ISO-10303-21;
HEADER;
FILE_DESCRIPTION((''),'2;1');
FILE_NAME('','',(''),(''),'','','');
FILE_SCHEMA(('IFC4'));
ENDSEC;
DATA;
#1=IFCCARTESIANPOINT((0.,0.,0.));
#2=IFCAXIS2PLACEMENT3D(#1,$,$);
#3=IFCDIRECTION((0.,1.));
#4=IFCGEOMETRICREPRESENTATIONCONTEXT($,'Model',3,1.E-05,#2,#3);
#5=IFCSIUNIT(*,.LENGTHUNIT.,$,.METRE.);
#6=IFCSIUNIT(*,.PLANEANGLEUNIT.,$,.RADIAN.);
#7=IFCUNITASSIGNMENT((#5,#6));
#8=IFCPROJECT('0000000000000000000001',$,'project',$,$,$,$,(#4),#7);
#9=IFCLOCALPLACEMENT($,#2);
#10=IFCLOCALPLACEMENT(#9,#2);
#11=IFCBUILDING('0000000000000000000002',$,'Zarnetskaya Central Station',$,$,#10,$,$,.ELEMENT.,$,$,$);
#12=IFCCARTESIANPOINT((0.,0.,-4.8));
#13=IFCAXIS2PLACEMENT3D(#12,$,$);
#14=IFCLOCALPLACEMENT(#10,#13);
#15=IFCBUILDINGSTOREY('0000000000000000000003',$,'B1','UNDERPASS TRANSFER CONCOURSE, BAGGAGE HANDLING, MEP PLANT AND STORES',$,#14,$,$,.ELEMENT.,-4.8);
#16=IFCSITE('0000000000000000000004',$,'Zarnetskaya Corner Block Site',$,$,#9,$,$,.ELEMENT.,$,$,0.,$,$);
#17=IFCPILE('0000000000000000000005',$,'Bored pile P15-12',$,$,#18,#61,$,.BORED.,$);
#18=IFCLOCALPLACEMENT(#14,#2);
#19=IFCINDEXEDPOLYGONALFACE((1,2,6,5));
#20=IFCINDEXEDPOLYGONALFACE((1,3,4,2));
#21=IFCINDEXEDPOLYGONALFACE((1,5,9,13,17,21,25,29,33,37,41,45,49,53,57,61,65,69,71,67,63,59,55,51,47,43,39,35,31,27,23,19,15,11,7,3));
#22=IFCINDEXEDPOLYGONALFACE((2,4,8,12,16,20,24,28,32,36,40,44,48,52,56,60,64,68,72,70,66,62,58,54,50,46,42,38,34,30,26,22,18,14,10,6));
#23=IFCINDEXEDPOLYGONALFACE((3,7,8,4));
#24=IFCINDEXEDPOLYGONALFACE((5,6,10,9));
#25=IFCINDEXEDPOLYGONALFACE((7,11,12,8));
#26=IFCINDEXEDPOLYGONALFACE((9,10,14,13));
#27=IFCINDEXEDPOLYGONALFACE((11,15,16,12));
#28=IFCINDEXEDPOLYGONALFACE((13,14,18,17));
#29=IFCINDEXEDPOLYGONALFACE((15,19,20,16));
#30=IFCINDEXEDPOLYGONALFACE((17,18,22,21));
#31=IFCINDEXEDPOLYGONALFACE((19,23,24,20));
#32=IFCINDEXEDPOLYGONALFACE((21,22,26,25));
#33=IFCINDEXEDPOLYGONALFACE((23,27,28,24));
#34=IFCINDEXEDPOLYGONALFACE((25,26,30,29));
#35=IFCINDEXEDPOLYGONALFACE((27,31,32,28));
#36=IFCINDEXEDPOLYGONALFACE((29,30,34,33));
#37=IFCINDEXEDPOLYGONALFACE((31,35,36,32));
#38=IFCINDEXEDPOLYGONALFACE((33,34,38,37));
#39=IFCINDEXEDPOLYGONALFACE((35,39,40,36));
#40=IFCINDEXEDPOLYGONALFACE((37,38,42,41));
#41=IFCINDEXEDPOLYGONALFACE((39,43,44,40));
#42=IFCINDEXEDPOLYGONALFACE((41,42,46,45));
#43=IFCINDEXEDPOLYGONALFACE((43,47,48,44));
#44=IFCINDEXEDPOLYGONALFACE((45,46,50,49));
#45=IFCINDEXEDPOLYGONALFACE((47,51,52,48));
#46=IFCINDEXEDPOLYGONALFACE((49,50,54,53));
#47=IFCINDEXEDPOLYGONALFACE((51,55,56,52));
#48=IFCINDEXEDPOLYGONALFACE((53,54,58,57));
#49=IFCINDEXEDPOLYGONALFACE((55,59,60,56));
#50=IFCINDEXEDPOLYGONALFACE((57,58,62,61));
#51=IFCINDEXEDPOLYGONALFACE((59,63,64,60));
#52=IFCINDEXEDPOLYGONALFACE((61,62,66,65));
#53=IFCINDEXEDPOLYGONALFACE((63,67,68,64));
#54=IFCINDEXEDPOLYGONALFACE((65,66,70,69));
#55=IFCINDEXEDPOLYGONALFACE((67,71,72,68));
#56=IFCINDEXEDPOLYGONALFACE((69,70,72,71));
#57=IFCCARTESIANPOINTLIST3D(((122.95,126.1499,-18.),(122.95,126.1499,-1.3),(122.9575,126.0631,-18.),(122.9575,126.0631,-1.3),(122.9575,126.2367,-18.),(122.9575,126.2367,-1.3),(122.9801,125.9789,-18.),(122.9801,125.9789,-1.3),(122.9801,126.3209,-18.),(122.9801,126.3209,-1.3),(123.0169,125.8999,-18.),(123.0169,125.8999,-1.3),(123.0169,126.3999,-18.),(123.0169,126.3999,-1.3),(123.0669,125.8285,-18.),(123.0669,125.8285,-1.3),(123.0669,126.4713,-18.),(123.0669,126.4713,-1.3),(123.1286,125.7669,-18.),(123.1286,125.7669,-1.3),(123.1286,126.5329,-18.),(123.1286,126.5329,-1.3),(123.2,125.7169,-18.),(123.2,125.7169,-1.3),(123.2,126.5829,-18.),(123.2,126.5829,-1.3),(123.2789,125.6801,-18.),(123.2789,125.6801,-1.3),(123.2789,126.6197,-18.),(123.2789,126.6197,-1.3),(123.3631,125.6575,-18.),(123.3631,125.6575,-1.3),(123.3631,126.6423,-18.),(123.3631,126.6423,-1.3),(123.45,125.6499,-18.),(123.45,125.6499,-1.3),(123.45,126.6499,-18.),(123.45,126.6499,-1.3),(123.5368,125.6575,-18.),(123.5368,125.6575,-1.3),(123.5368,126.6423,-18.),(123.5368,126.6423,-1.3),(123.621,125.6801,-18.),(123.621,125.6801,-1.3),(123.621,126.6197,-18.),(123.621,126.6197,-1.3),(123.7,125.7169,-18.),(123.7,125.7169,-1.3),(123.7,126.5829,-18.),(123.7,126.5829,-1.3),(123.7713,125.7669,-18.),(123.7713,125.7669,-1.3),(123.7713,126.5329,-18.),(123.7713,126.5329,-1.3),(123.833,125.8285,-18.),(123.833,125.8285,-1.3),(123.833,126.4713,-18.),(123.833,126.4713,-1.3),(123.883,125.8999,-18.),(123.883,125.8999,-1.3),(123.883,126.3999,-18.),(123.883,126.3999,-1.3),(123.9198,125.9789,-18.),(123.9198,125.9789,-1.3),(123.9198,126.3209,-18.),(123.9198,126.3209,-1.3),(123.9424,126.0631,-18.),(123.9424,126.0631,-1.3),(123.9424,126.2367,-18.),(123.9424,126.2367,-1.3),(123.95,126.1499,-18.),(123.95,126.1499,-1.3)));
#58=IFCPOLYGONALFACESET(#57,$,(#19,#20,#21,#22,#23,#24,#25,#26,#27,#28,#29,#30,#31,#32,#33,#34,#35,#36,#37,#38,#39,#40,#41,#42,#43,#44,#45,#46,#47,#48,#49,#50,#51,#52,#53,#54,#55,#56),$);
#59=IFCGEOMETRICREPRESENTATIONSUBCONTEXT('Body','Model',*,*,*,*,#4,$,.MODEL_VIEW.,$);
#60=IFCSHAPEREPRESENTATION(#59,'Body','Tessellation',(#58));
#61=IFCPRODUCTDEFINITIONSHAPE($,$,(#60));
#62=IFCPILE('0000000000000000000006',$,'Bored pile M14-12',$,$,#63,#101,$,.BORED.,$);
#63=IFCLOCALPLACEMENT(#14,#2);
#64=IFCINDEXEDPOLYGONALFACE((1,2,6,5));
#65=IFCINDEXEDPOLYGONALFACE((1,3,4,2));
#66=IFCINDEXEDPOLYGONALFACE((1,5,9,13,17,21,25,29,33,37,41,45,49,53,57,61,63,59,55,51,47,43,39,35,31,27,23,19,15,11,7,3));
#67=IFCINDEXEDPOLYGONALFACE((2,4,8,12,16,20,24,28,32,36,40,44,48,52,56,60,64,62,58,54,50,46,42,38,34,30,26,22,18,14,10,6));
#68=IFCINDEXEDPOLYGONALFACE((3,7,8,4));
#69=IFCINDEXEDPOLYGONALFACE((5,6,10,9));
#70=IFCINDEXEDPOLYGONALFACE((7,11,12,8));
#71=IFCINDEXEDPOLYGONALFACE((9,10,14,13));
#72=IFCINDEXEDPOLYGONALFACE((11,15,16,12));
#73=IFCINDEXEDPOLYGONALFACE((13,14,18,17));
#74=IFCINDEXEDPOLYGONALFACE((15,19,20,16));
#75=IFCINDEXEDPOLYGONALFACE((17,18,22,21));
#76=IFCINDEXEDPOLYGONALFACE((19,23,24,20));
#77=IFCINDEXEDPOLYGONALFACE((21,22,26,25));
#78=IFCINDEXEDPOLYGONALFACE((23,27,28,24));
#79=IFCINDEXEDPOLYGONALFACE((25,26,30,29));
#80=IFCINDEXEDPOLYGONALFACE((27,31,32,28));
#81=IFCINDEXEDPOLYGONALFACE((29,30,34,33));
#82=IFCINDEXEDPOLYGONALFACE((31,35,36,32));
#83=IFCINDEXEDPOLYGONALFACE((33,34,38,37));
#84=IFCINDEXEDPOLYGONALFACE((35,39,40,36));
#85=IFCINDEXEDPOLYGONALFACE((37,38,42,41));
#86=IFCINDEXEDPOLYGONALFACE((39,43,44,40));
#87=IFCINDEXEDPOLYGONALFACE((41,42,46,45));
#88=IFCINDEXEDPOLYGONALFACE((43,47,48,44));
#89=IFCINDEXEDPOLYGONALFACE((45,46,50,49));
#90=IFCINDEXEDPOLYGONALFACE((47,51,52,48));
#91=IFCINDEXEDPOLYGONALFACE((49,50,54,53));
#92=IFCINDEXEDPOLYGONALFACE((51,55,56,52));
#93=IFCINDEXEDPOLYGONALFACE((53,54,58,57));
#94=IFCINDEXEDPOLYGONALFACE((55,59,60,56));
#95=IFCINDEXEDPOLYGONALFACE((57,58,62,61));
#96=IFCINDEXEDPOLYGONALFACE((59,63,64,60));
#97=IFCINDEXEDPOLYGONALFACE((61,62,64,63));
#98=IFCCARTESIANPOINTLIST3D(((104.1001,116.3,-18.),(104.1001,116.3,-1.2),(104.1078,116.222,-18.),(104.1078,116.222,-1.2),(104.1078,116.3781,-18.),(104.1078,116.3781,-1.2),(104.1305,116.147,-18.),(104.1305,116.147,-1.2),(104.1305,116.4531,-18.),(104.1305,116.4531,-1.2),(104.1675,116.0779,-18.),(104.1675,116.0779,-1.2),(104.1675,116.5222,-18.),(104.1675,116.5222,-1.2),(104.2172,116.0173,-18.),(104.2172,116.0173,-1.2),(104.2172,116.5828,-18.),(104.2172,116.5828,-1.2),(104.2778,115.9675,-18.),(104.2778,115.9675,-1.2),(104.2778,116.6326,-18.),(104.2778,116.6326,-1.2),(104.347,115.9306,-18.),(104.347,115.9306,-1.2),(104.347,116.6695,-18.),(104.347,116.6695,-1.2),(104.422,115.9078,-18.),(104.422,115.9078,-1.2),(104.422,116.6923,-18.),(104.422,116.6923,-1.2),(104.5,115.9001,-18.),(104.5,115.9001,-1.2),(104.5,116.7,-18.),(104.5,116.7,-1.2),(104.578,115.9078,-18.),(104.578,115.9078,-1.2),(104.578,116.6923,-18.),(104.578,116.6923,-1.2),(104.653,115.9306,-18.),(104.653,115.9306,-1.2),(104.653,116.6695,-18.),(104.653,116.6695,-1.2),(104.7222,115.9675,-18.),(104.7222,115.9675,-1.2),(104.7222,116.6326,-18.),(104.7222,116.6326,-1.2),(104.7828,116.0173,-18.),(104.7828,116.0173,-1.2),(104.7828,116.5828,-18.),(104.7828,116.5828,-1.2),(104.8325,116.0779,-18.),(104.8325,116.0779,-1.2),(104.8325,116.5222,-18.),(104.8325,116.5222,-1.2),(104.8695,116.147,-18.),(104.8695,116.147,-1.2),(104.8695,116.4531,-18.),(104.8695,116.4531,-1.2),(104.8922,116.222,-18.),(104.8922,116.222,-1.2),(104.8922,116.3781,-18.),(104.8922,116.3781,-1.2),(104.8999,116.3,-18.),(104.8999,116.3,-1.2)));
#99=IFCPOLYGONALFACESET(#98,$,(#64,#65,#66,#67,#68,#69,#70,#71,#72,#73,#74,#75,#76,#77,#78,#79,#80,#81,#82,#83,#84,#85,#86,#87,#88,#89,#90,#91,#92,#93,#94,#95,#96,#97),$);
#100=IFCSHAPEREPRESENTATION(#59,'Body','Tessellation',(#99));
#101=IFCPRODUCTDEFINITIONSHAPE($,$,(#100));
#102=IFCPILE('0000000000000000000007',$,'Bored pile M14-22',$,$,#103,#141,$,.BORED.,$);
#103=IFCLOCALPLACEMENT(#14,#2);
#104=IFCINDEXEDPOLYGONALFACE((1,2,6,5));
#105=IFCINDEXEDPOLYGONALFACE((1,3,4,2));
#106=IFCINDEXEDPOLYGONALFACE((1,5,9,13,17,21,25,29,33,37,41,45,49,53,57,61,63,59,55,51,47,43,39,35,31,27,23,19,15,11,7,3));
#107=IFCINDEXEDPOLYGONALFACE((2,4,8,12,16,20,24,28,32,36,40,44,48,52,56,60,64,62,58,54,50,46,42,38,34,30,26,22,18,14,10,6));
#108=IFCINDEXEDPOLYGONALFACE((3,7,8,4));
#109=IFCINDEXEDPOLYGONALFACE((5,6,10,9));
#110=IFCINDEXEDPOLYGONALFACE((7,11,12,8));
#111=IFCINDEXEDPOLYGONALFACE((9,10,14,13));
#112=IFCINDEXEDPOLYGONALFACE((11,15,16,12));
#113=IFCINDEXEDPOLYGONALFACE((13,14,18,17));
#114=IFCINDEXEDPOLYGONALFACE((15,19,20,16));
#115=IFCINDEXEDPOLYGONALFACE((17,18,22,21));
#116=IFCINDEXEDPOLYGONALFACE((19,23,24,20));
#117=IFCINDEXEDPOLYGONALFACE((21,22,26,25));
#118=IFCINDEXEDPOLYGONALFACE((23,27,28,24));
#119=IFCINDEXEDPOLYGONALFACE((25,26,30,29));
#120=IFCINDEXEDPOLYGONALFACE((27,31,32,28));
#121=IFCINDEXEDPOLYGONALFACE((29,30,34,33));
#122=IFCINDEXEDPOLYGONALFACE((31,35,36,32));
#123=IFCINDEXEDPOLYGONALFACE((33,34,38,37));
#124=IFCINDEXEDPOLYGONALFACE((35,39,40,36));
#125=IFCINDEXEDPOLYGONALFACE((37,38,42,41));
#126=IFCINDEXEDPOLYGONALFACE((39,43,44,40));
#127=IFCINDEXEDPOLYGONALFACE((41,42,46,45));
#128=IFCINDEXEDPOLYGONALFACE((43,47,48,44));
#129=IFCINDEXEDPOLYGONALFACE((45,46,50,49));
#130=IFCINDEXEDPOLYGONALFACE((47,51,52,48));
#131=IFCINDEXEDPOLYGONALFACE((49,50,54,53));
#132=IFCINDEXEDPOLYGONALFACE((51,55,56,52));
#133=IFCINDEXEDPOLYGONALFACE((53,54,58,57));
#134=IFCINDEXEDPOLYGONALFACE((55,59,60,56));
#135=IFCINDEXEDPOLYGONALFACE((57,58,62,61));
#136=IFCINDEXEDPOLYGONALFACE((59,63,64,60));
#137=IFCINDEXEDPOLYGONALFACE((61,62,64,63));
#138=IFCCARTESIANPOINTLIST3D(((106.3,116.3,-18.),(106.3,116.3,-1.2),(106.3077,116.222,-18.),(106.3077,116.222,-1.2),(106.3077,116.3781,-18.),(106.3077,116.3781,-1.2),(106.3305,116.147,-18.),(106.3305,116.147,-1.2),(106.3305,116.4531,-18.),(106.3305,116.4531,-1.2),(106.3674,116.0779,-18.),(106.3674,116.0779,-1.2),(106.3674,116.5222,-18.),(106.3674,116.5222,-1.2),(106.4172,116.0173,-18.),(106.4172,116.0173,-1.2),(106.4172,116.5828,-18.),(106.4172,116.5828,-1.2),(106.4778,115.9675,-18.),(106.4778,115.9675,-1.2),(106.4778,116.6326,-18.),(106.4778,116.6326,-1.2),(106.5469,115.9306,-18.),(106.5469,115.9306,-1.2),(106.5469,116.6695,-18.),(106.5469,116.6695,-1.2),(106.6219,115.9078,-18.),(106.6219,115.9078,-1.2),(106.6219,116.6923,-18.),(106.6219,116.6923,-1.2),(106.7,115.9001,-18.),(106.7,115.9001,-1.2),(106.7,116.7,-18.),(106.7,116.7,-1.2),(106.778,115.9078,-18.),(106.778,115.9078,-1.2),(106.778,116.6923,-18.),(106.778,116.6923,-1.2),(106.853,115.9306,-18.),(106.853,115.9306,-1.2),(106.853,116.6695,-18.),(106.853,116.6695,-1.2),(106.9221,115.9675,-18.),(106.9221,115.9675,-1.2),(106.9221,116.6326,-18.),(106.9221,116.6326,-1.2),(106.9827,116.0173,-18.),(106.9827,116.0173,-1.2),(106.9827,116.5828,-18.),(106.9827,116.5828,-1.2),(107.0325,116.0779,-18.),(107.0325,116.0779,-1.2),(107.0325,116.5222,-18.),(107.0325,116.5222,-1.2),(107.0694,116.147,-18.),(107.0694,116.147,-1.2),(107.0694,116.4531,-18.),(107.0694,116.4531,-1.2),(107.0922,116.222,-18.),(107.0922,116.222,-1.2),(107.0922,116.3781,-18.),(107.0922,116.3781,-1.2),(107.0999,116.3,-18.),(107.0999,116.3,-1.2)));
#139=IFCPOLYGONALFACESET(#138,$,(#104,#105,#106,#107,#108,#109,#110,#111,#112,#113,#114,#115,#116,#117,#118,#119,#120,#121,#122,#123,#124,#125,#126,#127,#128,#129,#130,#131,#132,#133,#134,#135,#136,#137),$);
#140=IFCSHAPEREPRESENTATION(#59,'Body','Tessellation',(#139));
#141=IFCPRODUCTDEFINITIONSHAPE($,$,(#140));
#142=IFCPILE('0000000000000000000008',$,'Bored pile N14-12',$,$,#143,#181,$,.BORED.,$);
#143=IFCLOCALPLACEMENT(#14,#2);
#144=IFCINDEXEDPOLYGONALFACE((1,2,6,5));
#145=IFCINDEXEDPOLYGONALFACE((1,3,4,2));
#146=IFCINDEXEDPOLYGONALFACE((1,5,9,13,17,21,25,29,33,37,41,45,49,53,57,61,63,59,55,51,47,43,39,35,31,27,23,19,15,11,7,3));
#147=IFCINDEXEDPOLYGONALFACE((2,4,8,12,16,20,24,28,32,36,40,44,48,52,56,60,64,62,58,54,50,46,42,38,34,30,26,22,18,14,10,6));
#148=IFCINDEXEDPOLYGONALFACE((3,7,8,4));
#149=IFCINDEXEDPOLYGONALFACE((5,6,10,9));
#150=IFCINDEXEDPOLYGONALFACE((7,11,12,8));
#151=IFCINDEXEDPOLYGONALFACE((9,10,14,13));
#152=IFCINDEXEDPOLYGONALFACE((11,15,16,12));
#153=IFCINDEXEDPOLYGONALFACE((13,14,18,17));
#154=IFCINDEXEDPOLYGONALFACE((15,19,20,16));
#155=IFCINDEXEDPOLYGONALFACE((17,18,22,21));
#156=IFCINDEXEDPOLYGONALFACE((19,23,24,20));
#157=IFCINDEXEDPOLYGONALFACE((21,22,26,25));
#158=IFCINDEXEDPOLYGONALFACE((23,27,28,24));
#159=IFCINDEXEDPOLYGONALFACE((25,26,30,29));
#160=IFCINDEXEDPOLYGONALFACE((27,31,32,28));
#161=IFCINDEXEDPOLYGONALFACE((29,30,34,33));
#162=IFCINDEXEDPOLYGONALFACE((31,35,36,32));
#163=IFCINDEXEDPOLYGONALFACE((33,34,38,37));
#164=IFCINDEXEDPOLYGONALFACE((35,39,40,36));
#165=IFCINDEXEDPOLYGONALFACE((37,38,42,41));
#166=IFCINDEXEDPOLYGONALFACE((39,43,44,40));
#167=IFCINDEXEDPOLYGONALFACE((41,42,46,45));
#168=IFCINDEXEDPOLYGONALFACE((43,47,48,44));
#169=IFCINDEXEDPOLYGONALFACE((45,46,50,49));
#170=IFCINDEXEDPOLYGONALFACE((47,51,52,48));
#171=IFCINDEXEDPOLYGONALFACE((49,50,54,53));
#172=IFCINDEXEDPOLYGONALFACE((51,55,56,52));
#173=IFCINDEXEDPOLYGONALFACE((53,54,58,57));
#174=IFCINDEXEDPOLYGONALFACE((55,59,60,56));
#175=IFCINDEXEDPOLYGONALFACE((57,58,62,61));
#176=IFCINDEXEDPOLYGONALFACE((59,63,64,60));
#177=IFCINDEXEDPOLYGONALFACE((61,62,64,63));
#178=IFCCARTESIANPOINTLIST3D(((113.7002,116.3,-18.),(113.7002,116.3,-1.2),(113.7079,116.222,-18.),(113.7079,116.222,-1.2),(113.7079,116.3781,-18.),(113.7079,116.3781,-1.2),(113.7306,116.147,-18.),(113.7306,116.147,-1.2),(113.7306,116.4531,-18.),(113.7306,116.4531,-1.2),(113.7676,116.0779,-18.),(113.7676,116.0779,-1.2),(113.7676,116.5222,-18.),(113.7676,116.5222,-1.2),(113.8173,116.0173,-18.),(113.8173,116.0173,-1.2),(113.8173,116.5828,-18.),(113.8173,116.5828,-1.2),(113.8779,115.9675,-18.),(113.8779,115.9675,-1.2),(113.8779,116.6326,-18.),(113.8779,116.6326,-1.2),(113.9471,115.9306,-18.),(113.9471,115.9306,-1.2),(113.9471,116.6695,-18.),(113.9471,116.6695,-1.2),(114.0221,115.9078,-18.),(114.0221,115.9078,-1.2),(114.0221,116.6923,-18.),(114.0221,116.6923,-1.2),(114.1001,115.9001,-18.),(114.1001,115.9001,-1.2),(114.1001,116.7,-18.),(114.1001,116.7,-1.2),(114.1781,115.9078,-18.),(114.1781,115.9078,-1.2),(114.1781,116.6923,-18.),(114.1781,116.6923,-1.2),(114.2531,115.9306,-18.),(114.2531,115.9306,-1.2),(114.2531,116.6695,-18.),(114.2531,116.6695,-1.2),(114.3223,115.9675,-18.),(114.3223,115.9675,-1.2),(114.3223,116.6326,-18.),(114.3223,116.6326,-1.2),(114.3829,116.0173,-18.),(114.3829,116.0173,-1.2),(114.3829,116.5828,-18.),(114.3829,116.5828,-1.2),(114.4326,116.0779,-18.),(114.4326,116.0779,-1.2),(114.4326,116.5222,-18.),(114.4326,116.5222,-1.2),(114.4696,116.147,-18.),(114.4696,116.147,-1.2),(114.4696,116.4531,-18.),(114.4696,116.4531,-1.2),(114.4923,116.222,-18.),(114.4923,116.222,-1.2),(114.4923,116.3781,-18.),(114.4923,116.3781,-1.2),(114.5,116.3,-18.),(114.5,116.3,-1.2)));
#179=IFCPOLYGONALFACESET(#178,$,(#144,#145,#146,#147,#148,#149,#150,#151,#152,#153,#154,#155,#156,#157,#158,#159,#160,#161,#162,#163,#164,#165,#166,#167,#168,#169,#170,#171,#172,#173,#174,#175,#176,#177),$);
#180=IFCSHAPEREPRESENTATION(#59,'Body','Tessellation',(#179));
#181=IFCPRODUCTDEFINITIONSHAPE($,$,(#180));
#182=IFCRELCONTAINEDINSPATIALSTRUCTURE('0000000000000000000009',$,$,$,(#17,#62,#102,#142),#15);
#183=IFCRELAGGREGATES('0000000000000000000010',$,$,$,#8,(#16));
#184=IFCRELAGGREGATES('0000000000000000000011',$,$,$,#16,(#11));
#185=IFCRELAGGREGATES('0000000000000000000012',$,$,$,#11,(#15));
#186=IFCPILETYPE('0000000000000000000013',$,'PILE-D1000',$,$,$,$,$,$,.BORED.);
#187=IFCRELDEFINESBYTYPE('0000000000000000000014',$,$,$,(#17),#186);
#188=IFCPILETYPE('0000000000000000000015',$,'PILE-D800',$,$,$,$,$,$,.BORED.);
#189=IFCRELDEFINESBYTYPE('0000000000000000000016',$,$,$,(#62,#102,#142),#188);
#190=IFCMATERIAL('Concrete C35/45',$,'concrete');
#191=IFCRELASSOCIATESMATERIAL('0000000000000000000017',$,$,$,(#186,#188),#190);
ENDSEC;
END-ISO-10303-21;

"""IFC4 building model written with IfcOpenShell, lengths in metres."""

from ifc_helpers import new_model, si_unit, direction, frame, origin, origin_2d, place, context, subcontext, project, spatial, circle, extrude, material, material_profile, profile_set, type_object, element, save


model = new_model("IFC4")

# Units and contexts
model_context = context("Model", 3, precision=1e-05, world=origin(), true_north=direction((0.0, 1.0)))
body_context = subcontext(model_context, "Body", "Model", "MODEL_VIEW")
ifc_project = project(units=[si_unit("LENGTHUNIT", "METRE"), si_unit("PLANEANGLEUNIT", "RADIAN")], contexts=[model_context])

# Site, building, storey
site_placement = place(None, origin())
site = spatial("IfcSite", under=ifc_project, at=site_placement, Name="Zarnetskaya Corner Block Site", CompositionType="ELEMENT", RefElevation=0.0)
building_placement = place(site_placement, origin())
building = spatial("IfcBuilding", under=site, at=building_placement, Name="Zarnetskaya Central Station", CompositionType="ELEMENT")
storey_placement = place(building_placement, frame((0.0, 0.0, -4.8)))
storey = spatial("IfcBuildingStorey", under=building, at=storey_placement, Name="B1", Description="UNDERPASS TRANSFER CONCOURSE, BAGGAGE HANDLING, MEP PLANT AND STORES", CompositionType="ELEMENT", Elevation=-4.8)

# Shared definitions
ifc_material = material(Name="Concrete C35/45", Category="concrete")

# Piles
ifc_material_profile_1 = material_profile(ifc_material, circle(Radius=0.5, at=origin_2d()), Name="BORED PILE D1000")
ifc_profile_set_1 = profile_set([ifc_material_profile_1], Name="Concrete C35/45")
pile_type_1 = type_object("IfcPileType", Name="PILE-D1000", PredefinedType="BORED", material=ifc_profile_set_1)
for number, where, z_axis, x_axis, name in (
    (1, (123.45, 126.1499, -1.3), (0.0, 0.0, -1.0), (1.0, 0.0, 0.0), "Bored pile P15-12"),
):
    element("IfcPile", number, at=place(storey_placement, frame(where, z_axis=z_axis, x_axis=x_axis)), inside=storey, type_object=pile_type_1, Name=name, PredefinedType="BORED", context=body_context, shape_type="SweptSolid", body=[
        extrude(circle(Radius=0.5, at=origin_2d()), origin(), (0.0, 0.0, 1.0), 16.7),
    ])
ifc_material_profile_2 = material_profile(ifc_material, circle(Radius=0.3999, at=origin_2d()), Name="BORED PILE D800")
ifc_profile_set_2 = profile_set([ifc_material_profile_2], Name="Concrete C35/45")
pile_type_2 = type_object("IfcPileType", Name="PILE-D800", PredefinedType="BORED", material=ifc_profile_set_2)
for number, where, z_axis, x_axis, name in (
    (2, (104.5, 116.3, -1.2), (0.0, 0.0, -1.0), (1.0, 0.0, 0.0), "Bored pile M14-12"),
    (3, (106.7, 116.3, -1.2), (0.0, 0.0, -1.0), (1.0, 0.0, 0.0), "Bored pile M14-22"),
    (4, (114.1001, 116.3, -1.2), (0.0, 0.0, -1.0), (1.0, 0.0, 0.0), "Bored pile N14-12"),
):
    element("IfcPile", number, at=place(storey_placement, frame(where, z_axis=z_axis, x_axis=x_axis)), inside=storey, type_object=pile_type_2, Name=name, PredefinedType="BORED", context=body_context, shape_type="SweptSolid", body=[
        extrude(circle(Radius=0.3999, at=origin_2d()), origin(), (0.0, 0.0, 1.0), 16.8),
    ])

save(model, "model.ifc")
